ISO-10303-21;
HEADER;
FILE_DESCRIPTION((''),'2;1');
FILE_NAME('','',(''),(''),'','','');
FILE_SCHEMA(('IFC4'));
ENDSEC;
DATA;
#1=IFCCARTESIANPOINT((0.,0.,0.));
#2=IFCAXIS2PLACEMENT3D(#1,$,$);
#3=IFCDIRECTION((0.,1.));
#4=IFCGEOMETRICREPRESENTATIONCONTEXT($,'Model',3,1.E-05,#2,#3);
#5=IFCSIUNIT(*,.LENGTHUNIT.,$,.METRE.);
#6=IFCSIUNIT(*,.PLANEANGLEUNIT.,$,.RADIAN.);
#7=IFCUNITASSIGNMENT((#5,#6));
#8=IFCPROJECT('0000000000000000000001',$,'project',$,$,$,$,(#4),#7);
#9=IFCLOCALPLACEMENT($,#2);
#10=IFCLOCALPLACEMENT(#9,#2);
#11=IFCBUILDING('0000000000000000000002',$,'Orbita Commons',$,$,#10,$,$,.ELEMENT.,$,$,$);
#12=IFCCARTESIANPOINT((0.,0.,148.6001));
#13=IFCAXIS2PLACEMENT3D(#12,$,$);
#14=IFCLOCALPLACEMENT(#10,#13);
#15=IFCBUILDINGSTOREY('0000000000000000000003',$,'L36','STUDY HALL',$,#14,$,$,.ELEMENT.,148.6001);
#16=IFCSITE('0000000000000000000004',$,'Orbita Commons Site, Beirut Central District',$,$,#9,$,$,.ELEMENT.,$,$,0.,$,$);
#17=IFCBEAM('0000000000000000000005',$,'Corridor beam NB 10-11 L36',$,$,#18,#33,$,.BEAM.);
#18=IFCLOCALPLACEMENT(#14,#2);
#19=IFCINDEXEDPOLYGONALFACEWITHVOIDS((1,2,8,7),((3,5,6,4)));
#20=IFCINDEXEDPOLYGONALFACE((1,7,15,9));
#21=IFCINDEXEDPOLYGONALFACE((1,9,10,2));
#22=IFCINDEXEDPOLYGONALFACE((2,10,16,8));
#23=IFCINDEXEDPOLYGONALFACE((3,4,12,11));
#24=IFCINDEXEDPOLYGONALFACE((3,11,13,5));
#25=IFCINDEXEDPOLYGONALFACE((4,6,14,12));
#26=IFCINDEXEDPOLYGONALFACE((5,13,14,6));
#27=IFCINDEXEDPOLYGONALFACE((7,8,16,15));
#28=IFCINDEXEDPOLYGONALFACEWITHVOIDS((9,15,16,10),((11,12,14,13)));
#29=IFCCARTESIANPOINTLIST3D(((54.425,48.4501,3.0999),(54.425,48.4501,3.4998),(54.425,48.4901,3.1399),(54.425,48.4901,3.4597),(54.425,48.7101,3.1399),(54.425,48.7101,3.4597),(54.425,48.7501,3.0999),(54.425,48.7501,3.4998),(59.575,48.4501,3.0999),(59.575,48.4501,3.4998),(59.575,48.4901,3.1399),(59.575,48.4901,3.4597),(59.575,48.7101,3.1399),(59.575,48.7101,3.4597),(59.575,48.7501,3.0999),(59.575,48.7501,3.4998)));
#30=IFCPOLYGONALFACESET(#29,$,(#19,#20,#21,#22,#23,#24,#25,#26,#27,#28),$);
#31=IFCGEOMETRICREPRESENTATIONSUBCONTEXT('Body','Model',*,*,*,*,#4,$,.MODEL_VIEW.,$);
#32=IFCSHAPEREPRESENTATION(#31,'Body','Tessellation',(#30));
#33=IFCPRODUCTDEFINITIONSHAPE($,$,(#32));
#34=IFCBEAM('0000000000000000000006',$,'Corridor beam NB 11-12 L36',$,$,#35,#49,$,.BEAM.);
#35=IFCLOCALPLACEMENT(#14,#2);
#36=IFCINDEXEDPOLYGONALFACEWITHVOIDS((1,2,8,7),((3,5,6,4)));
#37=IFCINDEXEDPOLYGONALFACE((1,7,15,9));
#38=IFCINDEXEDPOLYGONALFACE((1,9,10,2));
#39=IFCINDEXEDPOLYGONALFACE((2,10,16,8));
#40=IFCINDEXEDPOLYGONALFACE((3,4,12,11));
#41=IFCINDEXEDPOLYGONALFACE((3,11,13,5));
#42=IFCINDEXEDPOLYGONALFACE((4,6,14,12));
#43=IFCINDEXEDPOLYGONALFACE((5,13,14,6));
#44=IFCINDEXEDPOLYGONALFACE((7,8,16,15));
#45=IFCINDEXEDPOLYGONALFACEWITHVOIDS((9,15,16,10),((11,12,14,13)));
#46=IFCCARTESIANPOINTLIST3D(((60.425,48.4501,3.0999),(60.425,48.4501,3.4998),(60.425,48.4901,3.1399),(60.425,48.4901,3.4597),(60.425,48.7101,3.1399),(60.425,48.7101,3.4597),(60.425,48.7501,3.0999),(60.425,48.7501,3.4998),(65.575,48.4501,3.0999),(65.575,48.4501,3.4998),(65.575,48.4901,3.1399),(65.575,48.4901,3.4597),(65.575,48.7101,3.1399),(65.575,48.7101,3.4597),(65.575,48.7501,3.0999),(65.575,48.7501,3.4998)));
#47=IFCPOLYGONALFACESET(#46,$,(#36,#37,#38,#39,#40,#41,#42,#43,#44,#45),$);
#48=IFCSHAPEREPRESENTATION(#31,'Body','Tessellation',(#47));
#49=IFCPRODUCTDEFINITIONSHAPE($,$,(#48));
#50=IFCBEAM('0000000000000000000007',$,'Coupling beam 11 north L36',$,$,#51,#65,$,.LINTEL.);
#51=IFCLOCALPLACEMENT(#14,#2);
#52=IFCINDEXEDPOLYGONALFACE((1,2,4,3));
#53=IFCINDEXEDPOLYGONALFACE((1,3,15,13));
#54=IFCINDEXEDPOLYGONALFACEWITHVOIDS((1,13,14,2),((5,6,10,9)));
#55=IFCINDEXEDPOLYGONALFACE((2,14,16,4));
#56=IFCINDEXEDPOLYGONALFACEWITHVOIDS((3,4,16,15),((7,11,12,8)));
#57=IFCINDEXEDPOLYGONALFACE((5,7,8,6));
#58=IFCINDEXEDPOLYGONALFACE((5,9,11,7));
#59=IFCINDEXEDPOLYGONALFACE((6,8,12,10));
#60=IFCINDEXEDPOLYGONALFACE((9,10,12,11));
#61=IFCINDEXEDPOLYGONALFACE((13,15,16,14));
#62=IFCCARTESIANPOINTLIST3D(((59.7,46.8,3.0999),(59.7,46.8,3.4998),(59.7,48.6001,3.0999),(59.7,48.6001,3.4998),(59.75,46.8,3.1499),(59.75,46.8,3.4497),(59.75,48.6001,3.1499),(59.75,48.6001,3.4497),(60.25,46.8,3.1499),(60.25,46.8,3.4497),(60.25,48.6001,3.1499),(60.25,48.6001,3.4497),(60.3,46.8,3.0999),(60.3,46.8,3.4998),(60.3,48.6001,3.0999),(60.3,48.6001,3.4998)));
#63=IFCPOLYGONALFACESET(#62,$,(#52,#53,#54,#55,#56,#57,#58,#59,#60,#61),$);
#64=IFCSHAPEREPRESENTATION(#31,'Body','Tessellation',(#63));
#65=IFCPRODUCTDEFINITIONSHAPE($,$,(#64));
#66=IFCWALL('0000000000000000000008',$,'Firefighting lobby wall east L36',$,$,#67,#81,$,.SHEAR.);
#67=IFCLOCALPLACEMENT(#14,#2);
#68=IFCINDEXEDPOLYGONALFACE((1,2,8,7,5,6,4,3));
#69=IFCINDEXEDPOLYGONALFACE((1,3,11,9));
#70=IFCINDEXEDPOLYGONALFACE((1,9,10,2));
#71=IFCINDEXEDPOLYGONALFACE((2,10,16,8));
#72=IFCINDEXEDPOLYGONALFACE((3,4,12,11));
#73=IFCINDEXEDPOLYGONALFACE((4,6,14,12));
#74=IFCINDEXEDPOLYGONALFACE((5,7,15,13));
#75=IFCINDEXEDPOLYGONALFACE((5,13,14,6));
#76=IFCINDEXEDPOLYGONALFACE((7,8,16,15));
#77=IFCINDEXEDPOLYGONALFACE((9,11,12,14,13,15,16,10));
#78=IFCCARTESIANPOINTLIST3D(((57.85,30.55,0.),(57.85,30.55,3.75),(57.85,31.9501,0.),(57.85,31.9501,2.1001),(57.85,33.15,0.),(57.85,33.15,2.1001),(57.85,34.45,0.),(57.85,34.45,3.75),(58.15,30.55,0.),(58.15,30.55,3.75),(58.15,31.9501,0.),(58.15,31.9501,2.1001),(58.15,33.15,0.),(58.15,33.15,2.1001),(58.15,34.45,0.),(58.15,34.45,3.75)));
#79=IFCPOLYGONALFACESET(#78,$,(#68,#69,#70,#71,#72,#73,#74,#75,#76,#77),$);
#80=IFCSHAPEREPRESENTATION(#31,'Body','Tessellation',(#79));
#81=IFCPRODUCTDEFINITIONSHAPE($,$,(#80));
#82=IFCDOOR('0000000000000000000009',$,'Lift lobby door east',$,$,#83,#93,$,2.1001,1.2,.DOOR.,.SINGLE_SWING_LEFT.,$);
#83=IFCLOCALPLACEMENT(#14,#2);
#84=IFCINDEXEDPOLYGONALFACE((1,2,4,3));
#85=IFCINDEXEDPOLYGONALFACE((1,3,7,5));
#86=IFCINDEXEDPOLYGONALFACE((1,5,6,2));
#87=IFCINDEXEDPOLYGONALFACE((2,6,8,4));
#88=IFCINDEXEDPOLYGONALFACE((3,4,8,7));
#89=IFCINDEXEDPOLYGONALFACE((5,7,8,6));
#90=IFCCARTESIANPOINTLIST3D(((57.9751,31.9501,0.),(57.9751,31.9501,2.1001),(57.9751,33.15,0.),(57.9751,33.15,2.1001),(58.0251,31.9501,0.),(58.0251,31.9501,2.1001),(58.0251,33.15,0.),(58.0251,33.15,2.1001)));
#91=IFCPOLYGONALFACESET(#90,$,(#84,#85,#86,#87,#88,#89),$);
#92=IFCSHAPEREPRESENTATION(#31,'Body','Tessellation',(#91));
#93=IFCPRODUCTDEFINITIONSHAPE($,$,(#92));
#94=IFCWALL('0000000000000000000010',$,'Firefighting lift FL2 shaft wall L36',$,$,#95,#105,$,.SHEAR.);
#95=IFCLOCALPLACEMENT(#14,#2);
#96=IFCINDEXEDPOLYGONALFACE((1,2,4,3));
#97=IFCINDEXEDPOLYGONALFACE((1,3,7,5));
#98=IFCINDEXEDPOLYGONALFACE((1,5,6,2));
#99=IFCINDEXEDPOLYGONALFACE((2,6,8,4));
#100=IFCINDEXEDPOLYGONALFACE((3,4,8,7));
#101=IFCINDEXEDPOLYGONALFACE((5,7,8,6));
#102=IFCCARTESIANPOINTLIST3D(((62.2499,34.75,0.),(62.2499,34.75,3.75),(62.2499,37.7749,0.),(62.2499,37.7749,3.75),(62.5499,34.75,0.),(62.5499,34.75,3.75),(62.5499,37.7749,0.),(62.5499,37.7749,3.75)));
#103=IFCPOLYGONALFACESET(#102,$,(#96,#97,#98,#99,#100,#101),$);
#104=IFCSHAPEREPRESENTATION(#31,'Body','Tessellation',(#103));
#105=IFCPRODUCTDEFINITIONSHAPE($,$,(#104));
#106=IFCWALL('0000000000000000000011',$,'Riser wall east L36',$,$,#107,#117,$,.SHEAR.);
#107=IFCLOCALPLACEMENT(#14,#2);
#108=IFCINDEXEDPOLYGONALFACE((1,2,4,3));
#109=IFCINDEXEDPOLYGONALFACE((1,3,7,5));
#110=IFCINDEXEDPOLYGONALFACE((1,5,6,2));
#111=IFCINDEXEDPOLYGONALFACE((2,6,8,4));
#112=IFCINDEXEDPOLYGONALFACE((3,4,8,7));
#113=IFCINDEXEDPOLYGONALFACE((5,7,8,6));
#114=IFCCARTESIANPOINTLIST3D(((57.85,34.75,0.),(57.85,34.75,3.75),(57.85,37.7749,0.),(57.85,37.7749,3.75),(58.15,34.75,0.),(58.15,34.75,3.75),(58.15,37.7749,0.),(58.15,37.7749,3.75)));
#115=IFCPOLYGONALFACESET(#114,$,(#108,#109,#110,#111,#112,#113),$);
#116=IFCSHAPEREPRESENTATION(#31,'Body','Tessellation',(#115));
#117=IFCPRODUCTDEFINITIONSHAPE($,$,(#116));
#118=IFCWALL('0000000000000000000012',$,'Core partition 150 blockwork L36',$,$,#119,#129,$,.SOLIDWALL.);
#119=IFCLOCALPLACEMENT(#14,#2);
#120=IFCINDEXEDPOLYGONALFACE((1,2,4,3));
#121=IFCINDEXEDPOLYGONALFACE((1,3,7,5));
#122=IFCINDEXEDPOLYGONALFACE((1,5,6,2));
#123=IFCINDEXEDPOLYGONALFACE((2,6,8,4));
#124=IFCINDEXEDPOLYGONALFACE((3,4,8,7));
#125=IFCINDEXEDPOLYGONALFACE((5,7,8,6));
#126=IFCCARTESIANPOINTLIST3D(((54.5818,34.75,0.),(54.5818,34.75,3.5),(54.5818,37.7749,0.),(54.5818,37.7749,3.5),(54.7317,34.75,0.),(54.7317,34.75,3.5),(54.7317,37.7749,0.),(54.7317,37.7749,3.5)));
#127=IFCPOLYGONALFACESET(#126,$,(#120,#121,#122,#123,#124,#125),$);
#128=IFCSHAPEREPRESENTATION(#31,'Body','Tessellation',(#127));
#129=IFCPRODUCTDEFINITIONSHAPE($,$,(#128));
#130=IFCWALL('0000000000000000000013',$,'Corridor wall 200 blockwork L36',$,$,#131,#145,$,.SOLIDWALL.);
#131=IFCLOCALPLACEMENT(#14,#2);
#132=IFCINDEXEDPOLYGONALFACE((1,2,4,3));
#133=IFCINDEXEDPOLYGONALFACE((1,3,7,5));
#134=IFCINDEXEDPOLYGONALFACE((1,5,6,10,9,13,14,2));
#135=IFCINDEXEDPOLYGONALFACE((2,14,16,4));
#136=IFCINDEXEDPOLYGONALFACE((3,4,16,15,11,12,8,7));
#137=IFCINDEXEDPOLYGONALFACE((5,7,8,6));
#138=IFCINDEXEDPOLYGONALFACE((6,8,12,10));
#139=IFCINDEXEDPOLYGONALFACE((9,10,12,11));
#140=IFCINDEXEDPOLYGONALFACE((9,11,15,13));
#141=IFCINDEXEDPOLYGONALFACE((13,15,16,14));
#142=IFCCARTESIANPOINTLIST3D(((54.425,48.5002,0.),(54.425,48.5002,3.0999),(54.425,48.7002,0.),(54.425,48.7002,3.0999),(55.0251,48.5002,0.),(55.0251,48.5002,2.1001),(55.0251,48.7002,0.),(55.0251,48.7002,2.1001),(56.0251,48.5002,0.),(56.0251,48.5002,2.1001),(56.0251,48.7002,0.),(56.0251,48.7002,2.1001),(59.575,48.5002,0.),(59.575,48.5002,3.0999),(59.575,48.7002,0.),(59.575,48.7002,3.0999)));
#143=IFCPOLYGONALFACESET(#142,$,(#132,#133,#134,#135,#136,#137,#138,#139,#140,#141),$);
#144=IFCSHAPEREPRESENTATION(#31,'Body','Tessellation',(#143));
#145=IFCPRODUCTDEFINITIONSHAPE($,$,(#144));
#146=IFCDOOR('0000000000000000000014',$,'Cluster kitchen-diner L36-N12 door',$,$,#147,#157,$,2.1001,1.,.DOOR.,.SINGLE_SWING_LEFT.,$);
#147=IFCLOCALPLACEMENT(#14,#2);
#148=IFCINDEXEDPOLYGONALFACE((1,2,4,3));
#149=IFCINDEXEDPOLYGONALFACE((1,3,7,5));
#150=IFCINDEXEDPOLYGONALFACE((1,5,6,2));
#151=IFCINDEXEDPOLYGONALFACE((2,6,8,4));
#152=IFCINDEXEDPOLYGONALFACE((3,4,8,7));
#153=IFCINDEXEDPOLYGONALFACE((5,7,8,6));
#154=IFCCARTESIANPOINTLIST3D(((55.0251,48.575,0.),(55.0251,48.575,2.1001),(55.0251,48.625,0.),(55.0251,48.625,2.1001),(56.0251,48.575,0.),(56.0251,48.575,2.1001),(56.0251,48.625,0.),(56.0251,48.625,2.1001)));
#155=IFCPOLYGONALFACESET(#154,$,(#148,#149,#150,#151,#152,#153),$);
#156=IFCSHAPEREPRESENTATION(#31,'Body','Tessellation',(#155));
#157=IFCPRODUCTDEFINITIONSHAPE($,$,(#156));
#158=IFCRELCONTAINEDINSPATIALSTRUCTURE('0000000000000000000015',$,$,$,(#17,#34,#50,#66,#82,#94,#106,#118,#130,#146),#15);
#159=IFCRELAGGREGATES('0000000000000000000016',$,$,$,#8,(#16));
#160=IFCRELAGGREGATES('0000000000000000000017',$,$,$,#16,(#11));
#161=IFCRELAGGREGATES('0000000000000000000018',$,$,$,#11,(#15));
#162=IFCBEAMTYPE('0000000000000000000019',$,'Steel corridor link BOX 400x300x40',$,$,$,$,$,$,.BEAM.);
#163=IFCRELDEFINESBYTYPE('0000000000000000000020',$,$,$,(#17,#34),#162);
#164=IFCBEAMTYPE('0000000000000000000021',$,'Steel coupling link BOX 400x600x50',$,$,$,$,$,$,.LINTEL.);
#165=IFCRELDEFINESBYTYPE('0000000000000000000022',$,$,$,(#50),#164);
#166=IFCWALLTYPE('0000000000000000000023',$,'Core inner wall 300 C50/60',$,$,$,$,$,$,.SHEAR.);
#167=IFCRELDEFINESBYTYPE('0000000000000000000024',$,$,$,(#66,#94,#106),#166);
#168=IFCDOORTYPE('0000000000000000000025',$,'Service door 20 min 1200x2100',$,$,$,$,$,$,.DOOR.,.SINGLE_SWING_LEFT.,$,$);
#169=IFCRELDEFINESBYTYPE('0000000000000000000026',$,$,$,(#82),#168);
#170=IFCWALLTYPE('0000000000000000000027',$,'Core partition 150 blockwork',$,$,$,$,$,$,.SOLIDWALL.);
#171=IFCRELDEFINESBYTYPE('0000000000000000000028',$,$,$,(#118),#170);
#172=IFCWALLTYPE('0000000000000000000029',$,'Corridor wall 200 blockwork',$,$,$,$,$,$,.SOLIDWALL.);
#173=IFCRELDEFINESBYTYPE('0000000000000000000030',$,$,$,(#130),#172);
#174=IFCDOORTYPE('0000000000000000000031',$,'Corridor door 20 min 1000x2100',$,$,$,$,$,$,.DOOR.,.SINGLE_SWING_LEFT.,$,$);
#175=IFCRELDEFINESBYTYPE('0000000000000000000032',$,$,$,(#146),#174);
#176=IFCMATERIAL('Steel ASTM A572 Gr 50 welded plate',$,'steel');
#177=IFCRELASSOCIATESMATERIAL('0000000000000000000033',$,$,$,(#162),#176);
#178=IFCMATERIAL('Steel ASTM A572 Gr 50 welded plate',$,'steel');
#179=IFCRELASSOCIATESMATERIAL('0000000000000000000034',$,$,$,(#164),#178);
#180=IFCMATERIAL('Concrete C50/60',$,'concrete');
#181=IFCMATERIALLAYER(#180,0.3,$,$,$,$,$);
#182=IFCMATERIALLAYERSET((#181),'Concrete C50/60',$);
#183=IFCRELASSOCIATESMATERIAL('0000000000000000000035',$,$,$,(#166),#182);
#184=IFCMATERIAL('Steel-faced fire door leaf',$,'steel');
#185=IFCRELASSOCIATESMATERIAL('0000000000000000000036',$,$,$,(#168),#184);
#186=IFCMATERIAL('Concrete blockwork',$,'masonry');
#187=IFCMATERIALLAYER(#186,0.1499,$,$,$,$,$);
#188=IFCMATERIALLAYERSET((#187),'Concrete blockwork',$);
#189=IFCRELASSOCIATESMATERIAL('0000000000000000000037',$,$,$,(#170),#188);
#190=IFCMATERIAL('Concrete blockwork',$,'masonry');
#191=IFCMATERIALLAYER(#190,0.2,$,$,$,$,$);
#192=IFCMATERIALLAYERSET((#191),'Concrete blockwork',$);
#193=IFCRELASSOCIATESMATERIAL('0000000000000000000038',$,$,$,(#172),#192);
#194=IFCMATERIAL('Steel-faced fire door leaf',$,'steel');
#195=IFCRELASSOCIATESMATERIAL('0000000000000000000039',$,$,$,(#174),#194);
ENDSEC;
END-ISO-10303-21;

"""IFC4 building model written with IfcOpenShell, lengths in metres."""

from ifc_helpers import new_model, si_unit, direction, frame, frame_2d, origin, origin_2d, place, context, subcontext, project, spatial, polyline, rectangle, hollow_rectangle, outline, extrude, material, layer, layer_set, material_profile, profile_set, type_object, element, fill, save


model = new_model("IFC4")

# Units and contexts
model_context = context("Model", 3, precision=1e-05, world=origin(), true_north=direction((0.0, 1.0)))
body_context = subcontext(model_context, "Body", "Model", "MODEL_VIEW")
ifc_project = project(units=[si_unit("LENGTHUNIT", "METRE"), si_unit("PLANEANGLEUNIT", "RADIAN")], contexts=[model_context])

# Site, building, storey
site_placement = place(None, origin())
site = spatial("IfcSite", under=ifc_project, at=site_placement, Name="Orbita Commons Site, Beirut Central District", CompositionType="ELEMENT", RefElevation=0.0)
building_placement = place(site_placement, origin())
building = spatial("IfcBuilding", under=site, at=building_placement, Name="Orbita Commons", CompositionType="ELEMENT")
storey_placement = place(building_placement, frame((0.0, 0.0, 148.6001)))
storey = spatial("IfcBuildingStorey", under=building, at=storey_placement, Name="L36", Description="STUDY HALL", CompositionType="ELEMENT", Elevation=148.6001)

# Beams
ifc_material_1 = material(Name="Steel ASTM A572 Gr 50 welded plate", Category="steel")
ifc_material_profile_1 = material_profile(ifc_material_1, hollow_rectangle(XDim=0.3, YDim=0.3999, WallThickness=0.04, at=origin_2d()), Name="BOX 400x300x40")
ifc_profile_set_1 = profile_set([ifc_material_profile_1], Name="Steel ASTM A572 Gr 50 welded plate")
beam_type_1 = type_object("IfcBeamType", Name="Steel corridor link BOX 400x300x40", PredefinedType="BEAM", material=ifc_profile_set_1)
for number, where, z_axis, x_axis, name in (
    (1, (54.425, 48.6001, 3.2998), (1.0, 0.0, 0.0), (0.0, 1.0, 0.0), "Corridor beam NB 10-11 L36"),
    (2, (60.425, 48.6001, 3.2998), (1.0, 0.0, 0.0), (0.0, 1.0, 0.0), "Corridor beam NB 11-12 L36"),
):
    element("IfcBeam", number, at=place(storey_placement, frame(where, z_axis=z_axis, x_axis=x_axis)), inside=storey, type_object=beam_type_1, Name=name, PredefinedType="BEAM", context=body_context, shape_type="SweptSolid", body=[
        extrude(hollow_rectangle(XDim=0.3, YDim=0.3999, WallThickness=0.04, at=origin_2d()), origin(), (0.0, 0.0, 1.0), 5.1499),
    ])
ifc_material_2 = material(Name="Steel ASTM A572 Gr 50 welded plate", Category="steel")
ifc_material_profile_2 = material_profile(ifc_material_2, hollow_rectangle(XDim=0.6001, YDim=0.3999, WallThickness=0.05, at=origin_2d()), Name="BOX 400x600x50")
ifc_profile_set_2 = profile_set([ifc_material_profile_2], Name="Steel ASTM A572 Gr 50 welded plate")
beam_type_2 = type_object("IfcBeamType", Name="Steel coupling link BOX 400x600x50", PredefinedType="LINTEL", material=ifc_profile_set_2)
beam_placement = place(storey_placement, frame((60.0, 46.8, 3.2998), z_axis=(0.0, 1.0, 0.0), x_axis=(-1.0, 0.0, 0.0)))
element("IfcBeam", 3, at=beam_placement, inside=storey, type_object=beam_type_2, Name="Coupling beam 11 north L36", PredefinedType="LINTEL", context=body_context, shape_type="SweptSolid", body=[
    extrude(hollow_rectangle(XDim=0.6001, YDim=0.3999, WallThickness=0.05, at=origin_2d()), origin(), (0.0, 0.0, 1.0), 1.8),
])

# Wall, opening, door
ifc_material_3 = material(Name="Concrete C50/60", Category="concrete")
ifc_layer_1 = layer(ifc_material_3, 0.3)
ifc_layer_set_1 = layer_set([ifc_layer_1], Name="Concrete C50/60")
wall_type_1 = type_object("IfcWallType", Name="Core inner wall 300 C50/60", PredefinedType="SHEAR", material=ifc_layer_set_1)
wall_1_placement = place(storey_placement, frame((58.0, 30.55, 0.0), z_axis=(0.0, 0.0, 1.0), x_axis=(0.0, 1.0, 0.0)))
wall_1 = element("IfcWall", 4, at=wall_1_placement, inside=storey, type_object=wall_type_1, Name="Firefighting lobby wall east L36", PredefinedType="SHEAR", context=body_context, shape_type="SweptSolid", body=[
    extrude(rectangle(XDim=3.8999, YDim=0.3, at=frame_2d((1.95, 0.0))), origin(), (0.0, 0.0, 1.0), 3.75),
])
opening_1_placement = place(wall_1_placement, frame((1.3999, 0.0, 0.0)))
opening_1 = element("IfcOpeningElement", 5, at=opening_1_placement, cuts=wall_1, PredefinedType="OPENING", context=body_context, shape_type="SweptSolid", body=[
    extrude(rectangle(XDim=1.2, YDim=2.1001, at=frame_2d((0.6001, 1.05))), frame((0.0, 0.1599, 0.0), z_axis=(0.0, -1.0, 0.0), x_axis=(1.0, 0.0, 0.0)), (0.0, 0.0, 1.0), 0.3201),
])
ifc_material_4 = material(Name="Steel-faced fire door leaf", Category="steel")
door_type_1 = type_object("IfcDoorType", Name="Service door 20 min 1200x2100", OperationType="SINGLE_SWING_LEFT", PredefinedType="DOOR", material=ifc_material_4)
door_1_placement = place(opening_1_placement, origin())
door_1 = element("IfcDoor", 6, at=door_1_placement, inside=storey, type_object=door_type_1, Name="Lift lobby door east", OperationType="SINGLE_SWING_LEFT", OverallHeight=2.1001, OverallWidth=1.2, PredefinedType="DOOR", context=body_context, shape_type="SweptSolid", body=[
    extrude(rectangle(XDim=1.2, YDim=2.1001, at=frame_2d((0.6001, 1.05))), frame((0.0, 0.0249, 0.0), z_axis=(0.0, -1.0, 0.0), x_axis=(1.0, 0.0, 0.0)), (0.0, 0.0, 1.0), 0.05),
])
fill(opening_1, door_1)

# Walls
for number, where, z_axis, x_axis, name in (
    (7, (62.3999, 34.75, 0.0), (0.0, 0.0, 1.0), (0.0, 1.0, 0.0), "Firefighting lift FL2 shaft wall L36"),
    (8, (58.0, 34.75, 0.0), (0.0, 0.0, 1.0), (0.0, 1.0, 0.0), "Riser wall east L36"),
):
    element("IfcWall", number, at=place(storey_placement, frame(where, z_axis=z_axis, x_axis=x_axis)), inside=storey, type_object=wall_type_1, Name=name, PredefinedType="SHEAR", context=body_context, shape_type="SweptSolid", body=[
        extrude(rectangle(XDim=3.0249, YDim=0.3, at=frame_2d((1.5125, 0.0))), origin(), (0.0, 0.0, 1.0), 3.75),
    ])
ifc_material_5 = material(Name="Concrete blockwork", Category="masonry")
ifc_layer_2 = layer(ifc_material_5, 0.1499)
ifc_layer_set_2 = layer_set([ifc_layer_2], Name="Concrete blockwork")
wall_type_2 = type_object("IfcWallType", Name="Core partition 150 blockwork", PredefinedType="SOLIDWALL", material=ifc_layer_set_2)
wall_2_placement = place(storey_placement, frame((54.6567, 34.75, 0.0), z_axis=(0.0, 0.0, 1.0), x_axis=(0.0, 1.0, 0.0)))
element("IfcWall", 9, at=wall_2_placement, inside=storey, type_object=wall_type_2, Name="Core partition 150 blockwork L36", PredefinedType="SOLIDWALL", context=body_context, shape_type="SweptSolid", body=[
    extrude(rectangle(XDim=3.0249, YDim=0.1499, at=frame_2d((1.5125, 0.0))), origin(), (0.0, 0.0, 1.0), 3.5),
])

# Wall, opening, door
ifc_material_6 = material(Name="Concrete blockwork", Category="masonry")
ifc_layer_3 = layer(ifc_material_6, 0.2)
ifc_layer_set_3 = layer_set([ifc_layer_3], Name="Concrete blockwork")
wall_type_3 = type_object("IfcWallType", Name="Corridor wall 200 blockwork", PredefinedType="SOLIDWALL", material=ifc_layer_set_3)
wall_3_placement = place(storey_placement, frame((54.425, 48.6001, 0.0), z_axis=(0.0, 0.0, 1.0), x_axis=(1.0, 0.0, 0.0)))
wall_3 = element("IfcWall", 10, at=wall_3_placement, inside=storey, type_object=wall_type_3, Name="Corridor wall 200 blockwork L36", PredefinedType="SOLIDWALL", context=body_context, shape_type="SweptSolid", body=[
    extrude(outline(polyline([(0.0, 0.0), (5.1499, 0.0), (5.1499, 3.0999), (0.0, 3.0999), (0.0, 0.0)])), frame((0.0, 0.1001, 0.0), z_axis=(0.0, -1.0, 0.0), x_axis=(1.0, 0.0, 0.0)), (0.0, 0.0, 1.0), 0.2),
])
opening_2_placement = place(wall_3_placement, frame((0.6001, 0.0, 0.0)))
opening_2 = element("IfcOpeningElement", 11, at=opening_2_placement, cuts=wall_3, PredefinedType="OPENING", context=body_context, shape_type="SweptSolid", body=[
    extrude(rectangle(XDim=1.0, YDim=2.1001, at=frame_2d((0.5, 1.05))), frame((0.0, 0.1099, 0.0), z_axis=(0.0, -1.0, 0.0), x_axis=(1.0, 0.0, 0.0)), (0.0, 0.0, 1.0), 0.22),
])
ifc_material_7 = material(Name="Steel-faced fire door leaf", Category="steel")
door_type_2 = type_object("IfcDoorType", Name="Corridor door 20 min 1000x2100", OperationType="SINGLE_SWING_LEFT", PredefinedType="DOOR", material=ifc_material_7)
door_2_placement = place(opening_2_placement, origin())
door_2 = element("IfcDoor", 12, at=door_2_placement, inside=storey, type_object=door_type_2, Name="Cluster kitchen-diner L36-N12 door", OperationType="SINGLE_SWING_LEFT", OverallHeight=2.1001, OverallWidth=1.0, PredefinedType="DOOR", context=body_context, shape_type="SweptSolid", body=[
    extrude(rectangle(XDim=1.0, YDim=2.1001, at=frame_2d((0.5, 1.05))), frame((0.0, 0.0249, 0.0), z_axis=(0.0, -1.0, 0.0), x_axis=(1.0, 0.0, 0.0)), (0.0, 0.0, 1.0), 0.05),
])
fill(opening_2, door_2)

save(model, "model.ifc")
